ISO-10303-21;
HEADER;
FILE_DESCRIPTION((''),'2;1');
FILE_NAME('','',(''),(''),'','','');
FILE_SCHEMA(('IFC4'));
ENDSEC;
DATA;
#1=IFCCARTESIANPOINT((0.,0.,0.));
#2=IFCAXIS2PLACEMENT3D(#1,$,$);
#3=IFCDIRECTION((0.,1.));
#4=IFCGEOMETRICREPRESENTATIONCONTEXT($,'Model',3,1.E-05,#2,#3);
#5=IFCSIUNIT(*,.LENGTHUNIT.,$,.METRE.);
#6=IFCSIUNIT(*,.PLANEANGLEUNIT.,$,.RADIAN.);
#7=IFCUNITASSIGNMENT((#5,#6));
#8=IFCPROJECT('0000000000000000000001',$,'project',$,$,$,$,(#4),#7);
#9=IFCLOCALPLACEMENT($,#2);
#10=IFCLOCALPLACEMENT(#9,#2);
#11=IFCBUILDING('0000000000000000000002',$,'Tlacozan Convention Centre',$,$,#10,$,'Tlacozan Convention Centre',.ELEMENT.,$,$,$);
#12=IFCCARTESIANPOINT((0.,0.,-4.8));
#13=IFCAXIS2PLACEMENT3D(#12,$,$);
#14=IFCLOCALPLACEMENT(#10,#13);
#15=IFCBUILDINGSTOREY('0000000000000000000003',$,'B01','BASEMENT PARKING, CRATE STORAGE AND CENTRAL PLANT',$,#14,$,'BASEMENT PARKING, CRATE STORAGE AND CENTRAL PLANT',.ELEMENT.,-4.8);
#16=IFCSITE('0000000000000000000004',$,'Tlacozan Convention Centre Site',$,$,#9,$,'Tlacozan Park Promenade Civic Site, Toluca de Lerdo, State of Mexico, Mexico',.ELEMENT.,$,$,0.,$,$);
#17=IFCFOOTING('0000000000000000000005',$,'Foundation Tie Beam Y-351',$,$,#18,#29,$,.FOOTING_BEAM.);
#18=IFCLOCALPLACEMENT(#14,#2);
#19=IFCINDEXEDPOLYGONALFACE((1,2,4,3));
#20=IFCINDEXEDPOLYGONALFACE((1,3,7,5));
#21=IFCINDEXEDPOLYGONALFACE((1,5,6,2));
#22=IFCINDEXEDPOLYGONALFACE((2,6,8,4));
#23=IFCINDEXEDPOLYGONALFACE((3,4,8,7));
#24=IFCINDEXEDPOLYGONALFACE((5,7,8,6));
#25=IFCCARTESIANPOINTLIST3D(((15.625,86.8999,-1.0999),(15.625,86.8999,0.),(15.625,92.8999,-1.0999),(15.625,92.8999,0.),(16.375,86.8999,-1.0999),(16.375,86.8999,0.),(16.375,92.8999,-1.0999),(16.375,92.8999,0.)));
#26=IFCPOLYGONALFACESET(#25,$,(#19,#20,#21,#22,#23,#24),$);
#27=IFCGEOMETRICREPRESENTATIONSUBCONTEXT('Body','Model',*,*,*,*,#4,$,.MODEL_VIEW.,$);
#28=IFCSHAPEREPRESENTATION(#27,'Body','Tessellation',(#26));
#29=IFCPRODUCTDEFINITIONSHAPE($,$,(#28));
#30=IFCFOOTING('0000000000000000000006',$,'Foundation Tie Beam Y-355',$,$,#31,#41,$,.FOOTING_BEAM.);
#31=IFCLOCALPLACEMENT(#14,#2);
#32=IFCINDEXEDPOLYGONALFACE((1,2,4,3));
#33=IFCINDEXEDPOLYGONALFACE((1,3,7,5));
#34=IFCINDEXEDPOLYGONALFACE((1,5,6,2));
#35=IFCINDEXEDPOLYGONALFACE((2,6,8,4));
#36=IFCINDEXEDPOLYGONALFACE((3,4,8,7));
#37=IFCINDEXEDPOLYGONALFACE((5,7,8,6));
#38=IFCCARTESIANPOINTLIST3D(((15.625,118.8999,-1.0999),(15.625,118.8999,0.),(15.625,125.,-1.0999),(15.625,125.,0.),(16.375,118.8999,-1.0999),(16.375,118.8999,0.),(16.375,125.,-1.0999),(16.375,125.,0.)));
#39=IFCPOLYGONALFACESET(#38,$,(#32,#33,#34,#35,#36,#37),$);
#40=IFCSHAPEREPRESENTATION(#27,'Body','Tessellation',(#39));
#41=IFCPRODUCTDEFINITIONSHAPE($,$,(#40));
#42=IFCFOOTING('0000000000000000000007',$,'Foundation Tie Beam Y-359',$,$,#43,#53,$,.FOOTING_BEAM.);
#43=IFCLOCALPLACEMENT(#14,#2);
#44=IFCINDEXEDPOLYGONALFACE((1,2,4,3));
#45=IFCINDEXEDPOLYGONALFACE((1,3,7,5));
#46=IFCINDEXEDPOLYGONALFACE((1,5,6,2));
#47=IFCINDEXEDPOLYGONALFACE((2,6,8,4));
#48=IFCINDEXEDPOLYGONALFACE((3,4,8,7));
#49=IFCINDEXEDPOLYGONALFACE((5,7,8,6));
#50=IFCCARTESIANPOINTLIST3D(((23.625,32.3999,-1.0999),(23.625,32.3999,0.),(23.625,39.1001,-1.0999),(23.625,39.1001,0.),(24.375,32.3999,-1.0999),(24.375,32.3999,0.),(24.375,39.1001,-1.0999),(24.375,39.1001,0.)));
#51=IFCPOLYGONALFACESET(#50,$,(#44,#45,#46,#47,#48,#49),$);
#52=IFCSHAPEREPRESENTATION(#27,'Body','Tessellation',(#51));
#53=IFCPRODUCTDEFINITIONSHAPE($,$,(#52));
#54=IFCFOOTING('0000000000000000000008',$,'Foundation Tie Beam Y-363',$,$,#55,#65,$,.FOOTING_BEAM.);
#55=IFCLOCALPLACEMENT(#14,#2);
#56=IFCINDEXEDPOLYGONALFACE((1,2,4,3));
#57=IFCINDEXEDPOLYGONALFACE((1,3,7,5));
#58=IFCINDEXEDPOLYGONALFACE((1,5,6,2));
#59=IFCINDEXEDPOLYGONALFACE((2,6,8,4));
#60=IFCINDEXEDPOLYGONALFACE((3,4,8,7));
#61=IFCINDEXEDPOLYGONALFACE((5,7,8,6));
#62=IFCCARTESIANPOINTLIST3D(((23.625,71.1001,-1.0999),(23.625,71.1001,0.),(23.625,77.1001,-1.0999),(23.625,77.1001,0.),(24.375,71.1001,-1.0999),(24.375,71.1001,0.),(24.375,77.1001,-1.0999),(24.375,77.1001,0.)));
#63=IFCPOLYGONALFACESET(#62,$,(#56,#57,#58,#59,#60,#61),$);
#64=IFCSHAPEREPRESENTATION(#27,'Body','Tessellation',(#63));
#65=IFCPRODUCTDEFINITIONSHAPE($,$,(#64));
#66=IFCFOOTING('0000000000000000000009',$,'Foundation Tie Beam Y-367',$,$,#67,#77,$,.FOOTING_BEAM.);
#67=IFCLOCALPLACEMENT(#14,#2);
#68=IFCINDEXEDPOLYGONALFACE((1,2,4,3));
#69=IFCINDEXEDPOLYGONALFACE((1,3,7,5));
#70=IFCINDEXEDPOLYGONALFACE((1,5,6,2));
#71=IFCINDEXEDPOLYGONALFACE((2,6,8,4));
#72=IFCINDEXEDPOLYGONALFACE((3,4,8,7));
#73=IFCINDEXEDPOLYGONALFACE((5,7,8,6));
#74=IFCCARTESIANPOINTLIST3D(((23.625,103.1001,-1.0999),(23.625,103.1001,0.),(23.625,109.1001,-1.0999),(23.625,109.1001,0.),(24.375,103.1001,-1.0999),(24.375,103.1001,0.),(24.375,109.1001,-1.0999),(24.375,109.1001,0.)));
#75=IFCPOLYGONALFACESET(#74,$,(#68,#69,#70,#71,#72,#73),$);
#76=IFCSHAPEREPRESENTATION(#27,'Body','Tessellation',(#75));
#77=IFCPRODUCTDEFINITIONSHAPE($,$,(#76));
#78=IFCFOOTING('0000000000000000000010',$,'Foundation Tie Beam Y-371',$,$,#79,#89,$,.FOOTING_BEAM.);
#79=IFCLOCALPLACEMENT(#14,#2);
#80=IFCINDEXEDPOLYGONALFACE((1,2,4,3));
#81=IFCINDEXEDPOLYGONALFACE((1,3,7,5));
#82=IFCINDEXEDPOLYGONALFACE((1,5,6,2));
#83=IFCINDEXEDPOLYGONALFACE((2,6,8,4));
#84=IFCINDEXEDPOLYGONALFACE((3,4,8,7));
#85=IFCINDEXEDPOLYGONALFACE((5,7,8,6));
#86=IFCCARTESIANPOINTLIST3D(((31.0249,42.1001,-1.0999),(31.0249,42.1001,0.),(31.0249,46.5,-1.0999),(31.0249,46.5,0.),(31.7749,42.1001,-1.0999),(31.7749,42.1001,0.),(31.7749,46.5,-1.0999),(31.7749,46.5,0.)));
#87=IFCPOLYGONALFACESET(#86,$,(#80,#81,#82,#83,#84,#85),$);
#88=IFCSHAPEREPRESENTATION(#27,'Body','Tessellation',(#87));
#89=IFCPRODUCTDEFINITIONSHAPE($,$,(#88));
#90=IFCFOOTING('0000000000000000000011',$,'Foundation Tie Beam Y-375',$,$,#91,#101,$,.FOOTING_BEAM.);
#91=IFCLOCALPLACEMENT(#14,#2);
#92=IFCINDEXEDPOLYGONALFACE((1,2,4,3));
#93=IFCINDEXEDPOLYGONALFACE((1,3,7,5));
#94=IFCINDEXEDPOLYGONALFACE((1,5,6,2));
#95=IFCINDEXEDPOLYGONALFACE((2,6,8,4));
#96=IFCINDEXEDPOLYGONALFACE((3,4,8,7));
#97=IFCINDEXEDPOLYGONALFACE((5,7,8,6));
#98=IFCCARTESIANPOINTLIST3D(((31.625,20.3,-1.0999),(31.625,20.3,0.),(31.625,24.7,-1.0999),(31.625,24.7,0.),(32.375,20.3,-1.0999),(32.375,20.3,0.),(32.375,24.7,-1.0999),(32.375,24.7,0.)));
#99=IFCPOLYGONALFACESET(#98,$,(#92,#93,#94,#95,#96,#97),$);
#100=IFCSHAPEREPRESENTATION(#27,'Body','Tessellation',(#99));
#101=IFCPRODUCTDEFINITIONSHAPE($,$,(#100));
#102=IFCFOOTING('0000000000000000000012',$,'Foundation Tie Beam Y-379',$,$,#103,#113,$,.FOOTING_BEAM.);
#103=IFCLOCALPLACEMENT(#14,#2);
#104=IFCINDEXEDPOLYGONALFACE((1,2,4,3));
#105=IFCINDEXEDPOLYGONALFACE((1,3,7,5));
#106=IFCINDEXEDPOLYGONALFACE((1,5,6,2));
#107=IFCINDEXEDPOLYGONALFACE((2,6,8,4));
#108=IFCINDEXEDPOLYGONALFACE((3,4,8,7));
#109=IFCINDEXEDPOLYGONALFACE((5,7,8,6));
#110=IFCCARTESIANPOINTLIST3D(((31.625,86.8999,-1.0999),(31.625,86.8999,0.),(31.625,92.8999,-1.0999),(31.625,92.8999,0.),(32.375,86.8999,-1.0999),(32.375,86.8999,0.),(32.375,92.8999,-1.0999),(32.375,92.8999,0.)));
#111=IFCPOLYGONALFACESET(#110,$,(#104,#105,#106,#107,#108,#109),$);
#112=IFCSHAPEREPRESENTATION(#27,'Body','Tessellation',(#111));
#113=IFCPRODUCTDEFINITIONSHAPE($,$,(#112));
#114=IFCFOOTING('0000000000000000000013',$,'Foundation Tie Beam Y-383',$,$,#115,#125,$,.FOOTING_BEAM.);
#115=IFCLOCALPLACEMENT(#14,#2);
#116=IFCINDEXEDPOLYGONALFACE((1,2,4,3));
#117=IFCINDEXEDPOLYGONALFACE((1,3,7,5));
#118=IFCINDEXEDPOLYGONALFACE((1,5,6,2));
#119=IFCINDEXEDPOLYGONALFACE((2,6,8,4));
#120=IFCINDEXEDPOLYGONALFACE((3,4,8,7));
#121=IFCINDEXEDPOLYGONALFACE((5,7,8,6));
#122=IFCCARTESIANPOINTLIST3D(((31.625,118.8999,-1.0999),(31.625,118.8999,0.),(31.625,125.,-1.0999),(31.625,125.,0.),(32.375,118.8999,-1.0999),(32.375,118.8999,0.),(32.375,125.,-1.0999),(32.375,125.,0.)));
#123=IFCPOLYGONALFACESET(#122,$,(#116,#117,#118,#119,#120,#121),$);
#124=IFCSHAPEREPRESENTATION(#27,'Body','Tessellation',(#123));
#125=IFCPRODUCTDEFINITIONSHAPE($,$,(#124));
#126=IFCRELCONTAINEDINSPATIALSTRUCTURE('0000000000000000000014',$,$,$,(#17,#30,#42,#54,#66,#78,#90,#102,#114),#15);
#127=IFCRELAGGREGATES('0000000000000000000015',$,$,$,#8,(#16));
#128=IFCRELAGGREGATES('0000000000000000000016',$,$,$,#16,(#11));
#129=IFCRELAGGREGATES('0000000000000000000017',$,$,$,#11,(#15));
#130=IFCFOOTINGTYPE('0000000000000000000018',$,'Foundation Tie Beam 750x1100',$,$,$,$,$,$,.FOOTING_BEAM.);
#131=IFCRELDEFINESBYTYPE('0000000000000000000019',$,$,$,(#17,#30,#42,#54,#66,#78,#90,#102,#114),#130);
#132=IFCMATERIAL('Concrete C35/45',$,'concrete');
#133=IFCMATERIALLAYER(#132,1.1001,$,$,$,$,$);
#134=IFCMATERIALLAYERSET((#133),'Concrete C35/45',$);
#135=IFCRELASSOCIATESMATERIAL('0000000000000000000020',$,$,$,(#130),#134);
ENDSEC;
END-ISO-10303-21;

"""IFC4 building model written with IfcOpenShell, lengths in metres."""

from ifc_helpers import new_model, si_unit, direction, frame, origin, place, context, subcontext, project, spatial, polyline, outline, extrude, material, layer, layer_set, type_object, element, save


model = new_model("IFC4")

# Units and contexts
model_context = context("Model", 3, precision=1e-05, world=origin(), true_north=direction((0.0, 1.0)))
body_context = subcontext(model_context, "Body", "Model", "MODEL_VIEW")
ifc_project = project(units=[si_unit("LENGTHUNIT", "METRE"), si_unit("PLANEANGLEUNIT", "RADIAN")], contexts=[model_context])

# Site, building, storey
site_placement = place(None, origin())
site = spatial("IfcSite", under=ifc_project, at=site_placement, Name="Tlacozan Convention Centre Site", LongName="Tlacozan Park Promenade Civic Site, Toluca de Lerdo, State of Mexico, Mexico", CompositionType="ELEMENT", RefElevation=0.0)
building_placement = place(site_placement, origin())
building = spatial("IfcBuilding", under=site, at=building_placement, Name="Tlacozan Convention Centre", LongName="Tlacozan Convention Centre", CompositionType="ELEMENT")
storey_placement = place(building_placement, frame((0.0, 0.0, -4.8)))
storey = spatial("IfcBuildingStorey", under=building, at=storey_placement, Name="B01", Description="BASEMENT PARKING, CRATE STORAGE AND CENTRAL PLANT", LongName="BASEMENT PARKING, CRATE STORAGE AND CENTRAL PLANT", CompositionType="ELEMENT", Elevation=-4.8)

# Footings
ifc_material = material(Name="Concrete C35/45", Category="concrete")
ifc_layer = layer(ifc_material, 1.1001)
ifc_layer_set = layer_set([ifc_layer], Name="Concrete C35/45")
footing_type = type_object("IfcFootingType", Name="Foundation Tie Beam 750x1100", PredefinedType="FOOTING_BEAM", material=ifc_layer_set)
footing_1_placement = place(storey_placement, frame((0.0, 0.0, -1.0999)))
element("IfcFooting", 1, at=footing_1_placement, inside=storey, type_object=footing_type, Name="Foundation Tie Beam Y-351", PredefinedType="FOOTING_BEAM", context=body_context, shape_type="SweptSolid", body=[
    extrude(outline(polyline([(15.625, 86.8999), (16.375, 86.8999), (16.375, 92.8999), (15.625, 92.8999), (15.625, 86.8999)])), origin(), (0.0, 0.0, 1.0), 1.0999),
])
footing_2_placement = place(storey_placement, frame((0.0, 0.0, -1.0999)))
element("IfcFooting", 2, at=footing_2_placement, inside=storey, type_object=footing_type, Name="Foundation Tie Beam Y-355", PredefinedType="FOOTING_BEAM", context=body_context, shape_type="SweptSolid", body=[
    extrude(outline(polyline([(15.625, 118.8999), (16.375, 118.8999), (16.375, 125.0), (15.625, 125.0), (15.625, 118.8999)])), origin(), (0.0, 0.0, 1.0), 1.0999),
])
footing_3_placement = place(storey_placement, frame((0.0, 0.0, -1.0999)))
element("IfcFooting", 3, at=footing_3_placement, inside=storey, type_object=footing_type, Name="Foundation Tie Beam Y-359", PredefinedType="FOOTING_BEAM", context=body_context, shape_type="SweptSolid", body=[
    extrude(outline(polyline([(23.625, 32.3999), (24.375, 32.3999), (24.375, 39.1001), (23.625, 39.1001), (23.625, 32.3999)])), origin(), (0.0, 0.0, 1.0), 1.0999),
])
footing_4_placement = place(storey_placement, frame((0.0, 0.0, -1.0999)))
element("IfcFooting", 4, at=footing_4_placement, inside=storey, type_object=footing_type, Name="Foundation Tie Beam Y-363", PredefinedType="FOOTING_BEAM", context=body_context, shape_type="SweptSolid", body=[
    extrude(outline(polyline([(23.625, 71.1001), (24.375, 71.1001), (24.375, 77.1001), (23.625, 77.1001), (23.625, 71.1001)])), origin(), (0.0, 0.0, 1.0), 1.0999),
])
footing_5_placement = place(storey_placement, frame((0.0, 0.0, -1.0999)))
element("IfcFooting", 5, at=footing_5_placement, inside=storey, type_object=footing_type, Name="Foundation Tie Beam Y-367", PredefinedType="FOOTING_BEAM", context=body_context, shape_type="SweptSolid", body=[
    extrude(outline(polyline([(23.625, 103.1001), (24.375, 103.1001), (24.375, 109.1001), (23.625, 109.1001), (23.625, 103.1001)])), origin(), (0.0, 0.0, 1.0), 1.0999),
])
footing_6_placement = place(storey_placement, frame((0.0, 0.0, -1.0999)))
element("IfcFooting", 6, at=footing_6_placement, inside=storey, type_object=footing_type, Name="Foundation Tie Beam Y-371", PredefinedType="FOOTING_BEAM", context=body_context, shape_type="SweptSolid", body=[
    extrude(outline(polyline([(31.0249, 42.1001), (31.7749, 42.1001), (31.7749, 46.5), (31.0249, 46.5), (31.0249, 42.1001)])), origin(), (0.0, 0.0, 1.0), 1.0999),
])
footing_7_placement = place(storey_placement, frame((0.0, 0.0, -1.0999)))
element("IfcFooting", 7, at=footing_7_placement, inside=storey, type_object=footing_type, Name="Foundation Tie Beam Y-375", PredefinedType="FOOTING_BEAM", context=body_context, shape_type="SweptSolid", body=[
    extrude(outline(polyline([(31.625, 20.3), (32.375, 20.3), (32.375, 24.7), (31.625, 24.7), (31.625, 20.3)])), origin(), (0.0, 0.0, 1.0), 1.0999),
])
footing_8_placement = place(storey_placement, frame((0.0, 0.0, -1.0999)))
element("IfcFooting", 8, at=footing_8_placement, inside=storey, type_object=footing_type, Name="Foundation Tie Beam Y-379", PredefinedType="FOOTING_BEAM", context=body_context, shape_type="SweptSolid", body=[
    extrude(outline(polyline([(31.625, 86.8999), (32.375, 86.8999), (32.375, 92.8999), (31.625, 92.8999), (31.625, 86.8999)])), origin(), (0.0, 0.0, 1.0), 1.0999),
])
footing_9_placement = place(storey_placement, frame((0.0, 0.0, -1.0999)))
element("IfcFooting", 9, at=footing_9_placement, inside=storey, type_object=footing_type, Name="Foundation Tie Beam Y-383", PredefinedType="FOOTING_BEAM", context=body_context, shape_type="SweptSolid", body=[
    extrude(outline(polyline([(31.625, 118.8999), (32.375, 118.8999), (32.375, 125.0), (31.625, 125.0), (31.625, 118.8999)])), origin(), (0.0, 0.0, 1.0), 1.0999),
])

save(model, "model.ifc")
